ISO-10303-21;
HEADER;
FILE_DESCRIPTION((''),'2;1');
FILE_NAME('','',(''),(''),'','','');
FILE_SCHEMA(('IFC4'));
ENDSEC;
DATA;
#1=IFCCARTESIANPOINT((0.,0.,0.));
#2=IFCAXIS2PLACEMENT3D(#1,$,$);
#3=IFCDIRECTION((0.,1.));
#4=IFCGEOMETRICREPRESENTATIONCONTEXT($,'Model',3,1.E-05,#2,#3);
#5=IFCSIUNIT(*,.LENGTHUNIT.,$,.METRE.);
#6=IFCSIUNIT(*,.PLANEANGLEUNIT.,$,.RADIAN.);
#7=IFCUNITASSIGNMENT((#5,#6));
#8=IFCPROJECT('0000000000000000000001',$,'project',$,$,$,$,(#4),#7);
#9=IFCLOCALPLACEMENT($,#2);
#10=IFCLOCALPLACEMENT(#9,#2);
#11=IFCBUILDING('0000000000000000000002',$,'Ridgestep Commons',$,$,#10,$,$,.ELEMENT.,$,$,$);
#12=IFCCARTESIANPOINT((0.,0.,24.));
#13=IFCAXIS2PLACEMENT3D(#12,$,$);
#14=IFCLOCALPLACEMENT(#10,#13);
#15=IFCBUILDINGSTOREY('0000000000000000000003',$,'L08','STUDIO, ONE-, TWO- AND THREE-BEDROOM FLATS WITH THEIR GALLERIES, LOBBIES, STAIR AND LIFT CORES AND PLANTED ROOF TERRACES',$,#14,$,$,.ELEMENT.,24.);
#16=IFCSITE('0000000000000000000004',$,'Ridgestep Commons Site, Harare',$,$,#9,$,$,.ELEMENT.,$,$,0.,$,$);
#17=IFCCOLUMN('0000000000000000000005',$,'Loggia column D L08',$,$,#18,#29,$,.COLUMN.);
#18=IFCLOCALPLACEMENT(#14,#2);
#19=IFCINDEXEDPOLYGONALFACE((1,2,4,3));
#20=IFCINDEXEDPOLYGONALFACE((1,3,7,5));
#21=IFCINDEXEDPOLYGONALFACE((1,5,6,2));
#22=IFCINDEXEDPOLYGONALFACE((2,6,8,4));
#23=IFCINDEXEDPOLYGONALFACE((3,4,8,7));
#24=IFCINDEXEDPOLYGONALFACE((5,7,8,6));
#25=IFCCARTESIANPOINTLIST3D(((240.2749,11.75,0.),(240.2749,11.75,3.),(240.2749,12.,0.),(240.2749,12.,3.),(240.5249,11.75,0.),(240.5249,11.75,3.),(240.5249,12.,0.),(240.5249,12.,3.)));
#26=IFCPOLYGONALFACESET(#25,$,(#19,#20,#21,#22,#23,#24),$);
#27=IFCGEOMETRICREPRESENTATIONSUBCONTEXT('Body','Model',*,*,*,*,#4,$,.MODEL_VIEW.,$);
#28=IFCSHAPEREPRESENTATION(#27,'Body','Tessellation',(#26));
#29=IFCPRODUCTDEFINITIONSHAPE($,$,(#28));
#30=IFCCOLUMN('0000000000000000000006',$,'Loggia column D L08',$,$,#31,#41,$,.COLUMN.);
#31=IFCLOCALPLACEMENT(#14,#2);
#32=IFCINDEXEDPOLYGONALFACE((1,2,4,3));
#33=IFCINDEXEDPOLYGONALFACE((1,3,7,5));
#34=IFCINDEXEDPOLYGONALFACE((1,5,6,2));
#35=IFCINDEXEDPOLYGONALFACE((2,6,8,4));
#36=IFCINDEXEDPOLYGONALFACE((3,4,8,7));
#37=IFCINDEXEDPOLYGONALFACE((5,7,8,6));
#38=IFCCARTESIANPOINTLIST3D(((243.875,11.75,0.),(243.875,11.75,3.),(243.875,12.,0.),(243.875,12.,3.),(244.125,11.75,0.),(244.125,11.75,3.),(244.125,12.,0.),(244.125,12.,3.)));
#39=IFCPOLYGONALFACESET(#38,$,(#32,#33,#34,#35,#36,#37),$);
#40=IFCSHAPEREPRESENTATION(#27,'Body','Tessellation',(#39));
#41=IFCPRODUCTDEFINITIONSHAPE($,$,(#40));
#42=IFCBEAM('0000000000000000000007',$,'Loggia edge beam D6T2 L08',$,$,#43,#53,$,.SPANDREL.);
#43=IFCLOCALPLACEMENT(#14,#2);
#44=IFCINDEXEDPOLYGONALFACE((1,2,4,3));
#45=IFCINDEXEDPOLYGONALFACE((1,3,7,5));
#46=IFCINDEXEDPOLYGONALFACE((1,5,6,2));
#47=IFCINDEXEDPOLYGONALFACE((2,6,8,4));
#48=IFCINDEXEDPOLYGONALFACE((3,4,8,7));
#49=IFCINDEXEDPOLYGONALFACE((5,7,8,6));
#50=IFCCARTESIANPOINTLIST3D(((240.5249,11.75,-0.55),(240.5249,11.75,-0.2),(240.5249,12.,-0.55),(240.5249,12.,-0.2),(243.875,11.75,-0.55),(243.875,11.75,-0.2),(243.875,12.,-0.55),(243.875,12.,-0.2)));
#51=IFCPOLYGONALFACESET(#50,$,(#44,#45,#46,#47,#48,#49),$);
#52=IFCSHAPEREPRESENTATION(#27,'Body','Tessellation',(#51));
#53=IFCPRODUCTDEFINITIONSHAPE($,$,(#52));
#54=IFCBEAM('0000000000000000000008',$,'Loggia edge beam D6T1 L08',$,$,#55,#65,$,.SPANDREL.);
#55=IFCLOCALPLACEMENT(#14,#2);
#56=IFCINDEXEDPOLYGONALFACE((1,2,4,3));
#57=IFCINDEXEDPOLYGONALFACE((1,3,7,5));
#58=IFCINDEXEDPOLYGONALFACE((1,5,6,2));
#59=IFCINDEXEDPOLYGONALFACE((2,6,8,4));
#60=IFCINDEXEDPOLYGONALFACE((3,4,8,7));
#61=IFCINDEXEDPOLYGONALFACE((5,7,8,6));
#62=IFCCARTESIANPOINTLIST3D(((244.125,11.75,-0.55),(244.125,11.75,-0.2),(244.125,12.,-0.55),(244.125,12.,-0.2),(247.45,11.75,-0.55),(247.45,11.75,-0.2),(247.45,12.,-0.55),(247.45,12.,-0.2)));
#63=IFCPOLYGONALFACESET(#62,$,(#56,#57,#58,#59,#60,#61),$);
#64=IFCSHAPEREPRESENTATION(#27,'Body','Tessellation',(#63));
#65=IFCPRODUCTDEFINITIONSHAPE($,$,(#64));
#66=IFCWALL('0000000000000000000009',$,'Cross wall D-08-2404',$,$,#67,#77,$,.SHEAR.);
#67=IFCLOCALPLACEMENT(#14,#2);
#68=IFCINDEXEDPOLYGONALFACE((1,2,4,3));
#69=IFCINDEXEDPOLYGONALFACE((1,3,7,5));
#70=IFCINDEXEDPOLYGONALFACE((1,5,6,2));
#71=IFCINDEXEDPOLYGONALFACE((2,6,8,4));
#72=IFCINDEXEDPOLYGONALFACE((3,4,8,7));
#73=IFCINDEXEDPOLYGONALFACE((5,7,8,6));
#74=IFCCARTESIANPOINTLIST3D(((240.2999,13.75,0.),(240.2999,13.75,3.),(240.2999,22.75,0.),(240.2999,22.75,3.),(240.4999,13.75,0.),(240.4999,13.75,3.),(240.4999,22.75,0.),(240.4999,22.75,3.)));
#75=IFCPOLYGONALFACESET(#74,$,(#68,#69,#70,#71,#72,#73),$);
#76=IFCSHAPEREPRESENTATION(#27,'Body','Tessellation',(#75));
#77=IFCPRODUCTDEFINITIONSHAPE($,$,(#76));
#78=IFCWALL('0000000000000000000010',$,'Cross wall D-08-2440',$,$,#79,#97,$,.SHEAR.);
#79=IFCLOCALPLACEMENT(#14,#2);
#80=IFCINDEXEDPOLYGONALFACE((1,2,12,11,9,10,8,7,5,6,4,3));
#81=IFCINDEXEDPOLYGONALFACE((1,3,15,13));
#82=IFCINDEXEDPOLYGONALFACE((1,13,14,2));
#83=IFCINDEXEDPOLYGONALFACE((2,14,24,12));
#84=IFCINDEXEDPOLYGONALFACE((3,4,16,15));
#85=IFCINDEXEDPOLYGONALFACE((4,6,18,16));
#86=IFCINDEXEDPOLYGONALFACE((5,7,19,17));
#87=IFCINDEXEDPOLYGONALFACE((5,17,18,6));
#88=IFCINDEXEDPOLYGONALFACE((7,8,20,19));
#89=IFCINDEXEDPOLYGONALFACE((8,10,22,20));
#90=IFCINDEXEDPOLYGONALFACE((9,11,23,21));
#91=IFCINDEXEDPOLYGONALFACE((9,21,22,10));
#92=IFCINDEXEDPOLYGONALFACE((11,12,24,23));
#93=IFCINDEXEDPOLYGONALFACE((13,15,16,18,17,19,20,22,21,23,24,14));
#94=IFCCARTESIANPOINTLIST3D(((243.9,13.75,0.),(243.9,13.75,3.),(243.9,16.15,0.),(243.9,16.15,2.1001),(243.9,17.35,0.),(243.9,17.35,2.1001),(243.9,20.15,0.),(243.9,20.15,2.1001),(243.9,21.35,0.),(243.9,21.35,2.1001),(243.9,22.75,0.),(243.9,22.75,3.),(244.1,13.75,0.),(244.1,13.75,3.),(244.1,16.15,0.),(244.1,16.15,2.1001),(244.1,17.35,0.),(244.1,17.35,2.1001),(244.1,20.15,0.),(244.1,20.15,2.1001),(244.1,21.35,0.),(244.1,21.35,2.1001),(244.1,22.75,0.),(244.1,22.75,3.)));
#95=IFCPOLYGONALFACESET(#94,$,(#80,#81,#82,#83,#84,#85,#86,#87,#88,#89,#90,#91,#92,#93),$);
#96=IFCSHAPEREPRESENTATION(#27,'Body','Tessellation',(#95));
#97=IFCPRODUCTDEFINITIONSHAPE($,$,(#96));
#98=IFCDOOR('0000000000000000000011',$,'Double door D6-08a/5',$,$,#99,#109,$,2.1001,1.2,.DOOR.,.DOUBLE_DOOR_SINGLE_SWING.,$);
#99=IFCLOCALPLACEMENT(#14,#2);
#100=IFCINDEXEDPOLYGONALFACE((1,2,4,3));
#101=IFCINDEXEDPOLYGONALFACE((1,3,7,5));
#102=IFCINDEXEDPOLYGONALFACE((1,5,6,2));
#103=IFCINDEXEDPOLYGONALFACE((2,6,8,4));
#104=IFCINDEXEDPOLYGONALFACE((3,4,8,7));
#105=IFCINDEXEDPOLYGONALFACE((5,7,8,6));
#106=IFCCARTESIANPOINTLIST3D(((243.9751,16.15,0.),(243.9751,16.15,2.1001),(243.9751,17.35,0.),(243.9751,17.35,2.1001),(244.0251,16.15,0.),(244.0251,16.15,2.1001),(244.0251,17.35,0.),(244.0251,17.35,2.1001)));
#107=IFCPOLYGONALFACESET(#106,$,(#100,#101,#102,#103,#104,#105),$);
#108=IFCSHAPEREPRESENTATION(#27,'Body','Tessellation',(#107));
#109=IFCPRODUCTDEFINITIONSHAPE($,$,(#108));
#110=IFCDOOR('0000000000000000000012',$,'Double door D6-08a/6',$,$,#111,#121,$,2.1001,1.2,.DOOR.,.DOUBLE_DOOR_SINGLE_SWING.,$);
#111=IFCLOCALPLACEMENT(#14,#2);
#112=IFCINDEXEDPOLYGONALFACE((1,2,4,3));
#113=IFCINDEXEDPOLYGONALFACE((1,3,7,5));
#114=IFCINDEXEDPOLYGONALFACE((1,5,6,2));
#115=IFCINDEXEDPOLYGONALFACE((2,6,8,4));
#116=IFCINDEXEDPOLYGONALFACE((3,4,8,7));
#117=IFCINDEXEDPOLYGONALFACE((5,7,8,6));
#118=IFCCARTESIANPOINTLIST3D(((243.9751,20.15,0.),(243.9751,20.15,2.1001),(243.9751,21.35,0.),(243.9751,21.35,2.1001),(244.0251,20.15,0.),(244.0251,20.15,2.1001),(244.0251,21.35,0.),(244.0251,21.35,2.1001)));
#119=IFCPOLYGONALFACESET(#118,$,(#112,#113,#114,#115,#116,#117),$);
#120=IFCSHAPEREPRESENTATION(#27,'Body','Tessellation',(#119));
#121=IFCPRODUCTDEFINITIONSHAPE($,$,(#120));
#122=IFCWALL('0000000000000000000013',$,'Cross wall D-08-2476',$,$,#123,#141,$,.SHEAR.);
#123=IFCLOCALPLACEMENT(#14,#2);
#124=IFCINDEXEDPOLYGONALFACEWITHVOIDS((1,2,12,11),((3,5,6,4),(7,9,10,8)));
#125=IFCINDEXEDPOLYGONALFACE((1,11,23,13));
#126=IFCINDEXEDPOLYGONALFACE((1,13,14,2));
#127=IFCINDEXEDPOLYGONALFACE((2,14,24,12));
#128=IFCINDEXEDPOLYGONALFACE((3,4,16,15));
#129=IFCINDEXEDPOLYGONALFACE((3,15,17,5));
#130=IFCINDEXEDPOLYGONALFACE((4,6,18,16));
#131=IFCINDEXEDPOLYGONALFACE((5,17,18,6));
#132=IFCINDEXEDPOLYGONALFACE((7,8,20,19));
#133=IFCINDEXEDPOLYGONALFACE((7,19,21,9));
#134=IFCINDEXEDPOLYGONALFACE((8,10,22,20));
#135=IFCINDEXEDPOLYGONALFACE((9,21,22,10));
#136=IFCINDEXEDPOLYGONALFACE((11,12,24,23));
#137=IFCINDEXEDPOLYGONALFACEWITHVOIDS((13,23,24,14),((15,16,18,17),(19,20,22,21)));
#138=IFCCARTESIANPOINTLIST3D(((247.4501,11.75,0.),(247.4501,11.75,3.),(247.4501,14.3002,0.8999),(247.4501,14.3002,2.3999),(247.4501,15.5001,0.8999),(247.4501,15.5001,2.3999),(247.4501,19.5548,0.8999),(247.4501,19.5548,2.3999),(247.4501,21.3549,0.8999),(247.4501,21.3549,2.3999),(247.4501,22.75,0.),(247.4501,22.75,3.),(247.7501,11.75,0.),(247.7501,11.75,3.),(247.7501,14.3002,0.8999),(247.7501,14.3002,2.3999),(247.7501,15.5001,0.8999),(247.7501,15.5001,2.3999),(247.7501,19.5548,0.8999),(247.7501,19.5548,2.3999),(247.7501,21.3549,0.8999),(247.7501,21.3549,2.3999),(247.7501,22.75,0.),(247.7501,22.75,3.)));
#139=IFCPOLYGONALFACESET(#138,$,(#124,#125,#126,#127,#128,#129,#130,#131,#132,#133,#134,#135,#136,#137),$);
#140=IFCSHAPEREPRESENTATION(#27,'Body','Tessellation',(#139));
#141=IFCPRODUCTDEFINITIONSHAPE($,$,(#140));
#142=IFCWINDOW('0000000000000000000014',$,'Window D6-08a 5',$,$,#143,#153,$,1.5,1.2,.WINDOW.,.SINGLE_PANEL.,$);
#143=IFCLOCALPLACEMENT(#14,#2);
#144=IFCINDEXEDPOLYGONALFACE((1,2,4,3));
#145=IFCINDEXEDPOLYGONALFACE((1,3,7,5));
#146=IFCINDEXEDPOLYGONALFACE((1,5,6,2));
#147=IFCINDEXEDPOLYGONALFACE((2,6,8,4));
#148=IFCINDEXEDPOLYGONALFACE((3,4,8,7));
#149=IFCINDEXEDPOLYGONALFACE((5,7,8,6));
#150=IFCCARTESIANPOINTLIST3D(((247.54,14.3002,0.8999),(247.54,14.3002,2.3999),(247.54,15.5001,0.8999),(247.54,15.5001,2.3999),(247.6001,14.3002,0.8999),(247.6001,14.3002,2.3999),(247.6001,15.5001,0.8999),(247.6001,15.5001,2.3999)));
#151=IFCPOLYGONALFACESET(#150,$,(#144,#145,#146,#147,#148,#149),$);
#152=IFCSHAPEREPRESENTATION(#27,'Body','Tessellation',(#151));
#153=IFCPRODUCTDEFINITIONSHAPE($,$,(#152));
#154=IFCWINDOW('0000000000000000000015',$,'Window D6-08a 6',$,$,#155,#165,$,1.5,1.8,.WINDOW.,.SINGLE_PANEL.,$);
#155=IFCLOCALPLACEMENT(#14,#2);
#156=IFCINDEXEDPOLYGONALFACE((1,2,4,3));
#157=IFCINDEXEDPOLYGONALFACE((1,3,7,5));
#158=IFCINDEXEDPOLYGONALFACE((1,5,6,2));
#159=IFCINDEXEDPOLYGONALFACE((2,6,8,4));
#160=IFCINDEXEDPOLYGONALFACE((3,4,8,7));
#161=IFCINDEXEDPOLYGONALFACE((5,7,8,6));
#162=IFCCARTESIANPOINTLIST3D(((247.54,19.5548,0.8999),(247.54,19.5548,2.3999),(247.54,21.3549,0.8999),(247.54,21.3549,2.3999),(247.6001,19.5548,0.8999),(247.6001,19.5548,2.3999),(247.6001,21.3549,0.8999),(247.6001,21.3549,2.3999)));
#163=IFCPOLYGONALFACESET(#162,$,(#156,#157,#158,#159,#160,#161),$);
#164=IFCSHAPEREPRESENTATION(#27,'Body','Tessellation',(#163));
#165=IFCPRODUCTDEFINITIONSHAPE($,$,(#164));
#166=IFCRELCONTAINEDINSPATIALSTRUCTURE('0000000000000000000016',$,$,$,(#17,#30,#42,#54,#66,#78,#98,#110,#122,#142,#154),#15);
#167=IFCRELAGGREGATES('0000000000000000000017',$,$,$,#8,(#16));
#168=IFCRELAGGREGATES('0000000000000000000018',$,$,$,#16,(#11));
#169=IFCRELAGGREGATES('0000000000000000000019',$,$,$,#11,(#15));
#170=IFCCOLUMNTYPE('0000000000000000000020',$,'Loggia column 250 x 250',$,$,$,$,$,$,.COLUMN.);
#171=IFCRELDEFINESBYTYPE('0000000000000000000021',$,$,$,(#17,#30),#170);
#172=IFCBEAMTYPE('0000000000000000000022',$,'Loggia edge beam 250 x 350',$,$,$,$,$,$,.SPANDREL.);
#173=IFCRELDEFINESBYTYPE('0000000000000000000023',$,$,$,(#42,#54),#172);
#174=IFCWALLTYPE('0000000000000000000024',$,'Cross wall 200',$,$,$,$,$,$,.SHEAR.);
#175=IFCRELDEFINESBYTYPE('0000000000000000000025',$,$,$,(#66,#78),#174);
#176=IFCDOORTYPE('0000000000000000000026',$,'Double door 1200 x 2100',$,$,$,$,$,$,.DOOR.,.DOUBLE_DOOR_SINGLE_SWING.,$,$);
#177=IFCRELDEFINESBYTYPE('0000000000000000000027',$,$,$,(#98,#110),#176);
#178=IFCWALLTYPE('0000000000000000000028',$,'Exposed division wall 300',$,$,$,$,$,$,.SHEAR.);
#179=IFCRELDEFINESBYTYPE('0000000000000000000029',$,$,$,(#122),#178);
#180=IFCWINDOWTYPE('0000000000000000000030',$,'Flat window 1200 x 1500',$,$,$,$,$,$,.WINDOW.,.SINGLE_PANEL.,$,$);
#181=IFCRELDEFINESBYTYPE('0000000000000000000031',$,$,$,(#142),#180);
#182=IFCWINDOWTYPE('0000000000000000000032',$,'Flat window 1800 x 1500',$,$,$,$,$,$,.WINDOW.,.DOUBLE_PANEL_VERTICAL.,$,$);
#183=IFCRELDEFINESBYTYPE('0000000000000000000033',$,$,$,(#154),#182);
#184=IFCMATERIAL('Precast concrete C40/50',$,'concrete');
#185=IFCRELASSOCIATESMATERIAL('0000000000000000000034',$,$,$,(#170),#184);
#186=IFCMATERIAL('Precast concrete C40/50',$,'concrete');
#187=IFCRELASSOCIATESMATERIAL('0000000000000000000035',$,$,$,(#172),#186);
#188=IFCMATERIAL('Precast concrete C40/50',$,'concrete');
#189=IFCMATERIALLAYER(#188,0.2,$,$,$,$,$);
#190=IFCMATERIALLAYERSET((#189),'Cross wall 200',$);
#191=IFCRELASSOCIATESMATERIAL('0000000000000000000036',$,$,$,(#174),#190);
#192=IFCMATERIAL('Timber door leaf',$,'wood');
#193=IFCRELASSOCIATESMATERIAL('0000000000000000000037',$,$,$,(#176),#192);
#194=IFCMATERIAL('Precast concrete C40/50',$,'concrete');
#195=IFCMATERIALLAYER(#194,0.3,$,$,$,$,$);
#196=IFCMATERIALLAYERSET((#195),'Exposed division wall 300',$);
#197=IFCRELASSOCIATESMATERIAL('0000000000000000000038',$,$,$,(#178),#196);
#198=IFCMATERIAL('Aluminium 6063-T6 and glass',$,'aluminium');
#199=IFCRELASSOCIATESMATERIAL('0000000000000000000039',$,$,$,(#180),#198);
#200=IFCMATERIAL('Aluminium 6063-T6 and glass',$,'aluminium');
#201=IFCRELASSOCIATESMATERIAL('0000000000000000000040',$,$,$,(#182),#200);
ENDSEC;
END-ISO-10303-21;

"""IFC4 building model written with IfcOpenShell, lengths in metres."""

from ifc_helpers import new_model, si_unit, direction, frame, frame_2d, origin, origin_2d, place, context, subcontext, project, spatial, rectangle, extrude, material, layer, layer_set, material_profile, profile_set, type_object, element, fill, save


model = new_model("IFC4")

# Units and contexts
model_context = context("Model", 3, precision=1e-05, world=origin(), true_north=direction((0.0, 1.0)))
body_context = subcontext(model_context, "Body", "Model", "MODEL_VIEW")
ifc_project = project(units=[si_unit("LENGTHUNIT", "METRE"), si_unit("PLANEANGLEUNIT", "RADIAN")], contexts=[model_context])

# Site, building, storey
site_placement = place(None, origin())
site = spatial("IfcSite", under=ifc_project, at=site_placement, Name="Ridgestep Commons Site, Harare", CompositionType="ELEMENT", RefElevation=0.0)
building_placement = place(site_placement, origin())
building = spatial("IfcBuilding", under=site, at=building_placement, Name="Ridgestep Commons", CompositionType="ELEMENT")
storey_placement = place(building_placement, frame((0.0, 0.0, 24.0)))
storey = spatial("IfcBuildingStorey", under=building, at=storey_placement, Name="L08", Description="STUDIO, ONE-, TWO- AND THREE-BEDROOM FLATS WITH THEIR GALLERIES, LOBBIES, STAIR AND LIFT CORES AND PLANTED ROOF TERRACES", CompositionType="ELEMENT", Elevation=24.0)

# Columns
ifc_material_1 = material(Name="Precast concrete C40/50", Category="concrete")
ifc_material_profile_1 = material_profile(ifc_material_1, rectangle(XDim=0.25, YDim=0.25, at=origin_2d()), Name="PC 250x250")
ifc_profile_set_1 = profile_set([ifc_material_profile_1], Name="Precast concrete C40/50")
column_type = type_object("IfcColumnType", Name="Loggia column 250 x 250", PredefinedType="COLUMN", material=ifc_profile_set_1)
for number, where, z_axis, x_axis, name in (
    (1, (240.3999, 11.875, 0.0), (0.0, 0.0, 1.0), (1.0, 0.0, 0.0), "Loggia column D L08"),
    (2, (244.0, 11.875, 0.0), (0.0, 0.0, 1.0), (1.0, 0.0, 0.0), "Loggia column D L08"),
):
    element("IfcColumn", number, at=place(storey_placement, frame(where, z_axis=z_axis, x_axis=x_axis)), inside=storey, type_object=column_type, Name=name, PredefinedType="COLUMN", context=body_context, shape_type="SweptSolid", body=[
        extrude(rectangle(XDim=0.25, YDim=0.25, at=origin_2d()), origin(), (0.0, 0.0, 1.0), 3.0),
    ])

# Beams
ifc_material_2 = material(Name="Precast concrete C40/50", Category="concrete")
ifc_material_profile_2 = material_profile(ifc_material_2, rectangle(XDim=0.25, YDim=0.3501, at=origin_2d()), Name="PC 250x350")
ifc_profile_set_2 = profile_set([ifc_material_profile_2], Name="Precast concrete C40/50")
beam_type = type_object("IfcBeamType", Name="Loggia edge beam 250 x 350", PredefinedType="SPANDREL", material=ifc_profile_set_2)
beam_1_placement = place(storey_placement, frame((240.5249, 11.875, -0.375), z_axis=(1.0, 0.0, 0.0), x_axis=(0.0, 1.0, 0.0)))
element("IfcBeam", 3, at=beam_1_placement, inside=storey, type_object=beam_type, Name="Loggia edge beam D6T2 L08", PredefinedType="SPANDREL", context=body_context, shape_type="SweptSolid", body=[
    extrude(rectangle(XDim=0.25, YDim=0.3501, at=origin_2d()), origin(), (0.0, 0.0, 1.0), 3.3501),
])
beam_2_placement = place(storey_placement, frame((244.125, 11.875, -0.375), z_axis=(1.0, 0.0, 0.0), x_axis=(0.0, 1.0, 0.0)))
element("IfcBeam", 4, at=beam_2_placement, inside=storey, type_object=beam_type, Name="Loggia edge beam D6T1 L08", PredefinedType="SPANDREL", context=body_context, shape_type="SweptSolid", body=[
    extrude(rectangle(XDim=0.25, YDim=0.3501, at=origin_2d()), origin(), (0.0, 0.0, 1.0), 3.325),
])

# Wall
ifc_material_3 = material(Name="Precast concrete C40/50", Category="concrete")
ifc_layer_1 = layer(ifc_material_3, 0.2)
ifc_layer_set_1 = layer_set([ifc_layer_1], Name="Cross wall 200")
wall_type_1 = type_object("IfcWallType", Name="Cross wall 200", PredefinedType="SHEAR", material=ifc_layer_set_1)
wall_1_placement = place(storey_placement, frame((240.3999, 13.75, 0.0), z_axis=(0.0, 0.0, 1.0), x_axis=(0.0, 1.0, 0.0)))
element("IfcWall", 5, at=wall_1_placement, inside=storey, type_object=wall_type_1, Name="Cross wall D-08-2404", PredefinedType="SHEAR", context=body_context, shape_type="SweptSolid", body=[
    extrude(rectangle(XDim=9.0, YDim=0.2, at=frame_2d((4.5, 0.0))), origin(), (0.0, 0.0, 1.0), 3.0),
])

# Wall, openings, doors
wall_2_placement = place(storey_placement, frame((244.0, 13.75, 0.0), z_axis=(0.0, 0.0, 1.0), x_axis=(0.0, 1.0, 0.0)))
wall_2 = element("IfcWall", 6, at=wall_2_placement, inside=storey, type_object=wall_type_1, Name="Cross wall D-08-2440", PredefinedType="SHEAR", context=body_context, shape_type="SweptSolid", body=[
    extrude(rectangle(XDim=9.0, YDim=0.2, at=frame_2d((4.5, 0.0))), origin(), (0.0, 0.0, 1.0), 3.0),
])
opening_1_placement = place(wall_2_placement, frame((2.3999, 0.0, 0.0)))
opening_1 = element("IfcOpeningElement", 7, at=opening_1_placement, cuts=wall_2, PredefinedType="OPENING", context=body_context, shape_type="SweptSolid", body=[
    extrude(rectangle(XDim=1.2, YDim=2.1001, at=frame_2d((0.6001, 1.05))), frame((0.0, 0.1099, 0.0), z_axis=(0.0, -1.0, 0.0), x_axis=(1.0, 0.0, 0.0)), (0.0, 0.0, 1.0), 0.22),
])
opening_2_placement = place(wall_2_placement, frame((6.3999, 0.0, 0.0)))
opening_2 = element("IfcOpeningElement", 8, at=opening_2_placement, cuts=wall_2, PredefinedType="OPENING", context=body_context, shape_type="SweptSolid", body=[
    extrude(rectangle(XDim=1.2, YDim=2.1001, at=frame_2d((0.6001, 1.05))), frame((0.0, 0.1099, 0.0), z_axis=(0.0, -1.0, 0.0), x_axis=(1.0, 0.0, 0.0)), (0.0, 0.0, 1.0), 0.22),
])
ifc_material_4 = material(Name="Timber door leaf", Category="wood")
door_type_1 = type_object("IfcDoorType", Name="Double door 1200 x 2100", OperationType="DOUBLE_DOOR_SINGLE_SWING", PredefinedType="DOOR", material=ifc_material_4)
door_1_placement = place(opening_1_placement, origin())
door_1 = element("IfcDoor", 9, at=door_1_placement, inside=storey, type_object=door_type_1, Name="Double door D6-08a/5", OperationType="DOUBLE_DOOR_SINGLE_SWING", OverallHeight=2.1001, OverallWidth=1.2, PredefinedType="DOOR", context=body_context, shape_type="SweptSolid", body=[
    extrude(rectangle(XDim=1.2, YDim=2.1001, at=frame_2d((0.6001, 1.05))), frame((0.0, 0.0249, 0.0), z_axis=(0.0, -1.0, 0.0), x_axis=(1.0, 0.0, 0.0)), (0.0, 0.0, 1.0), 0.05),
])
fill(opening_1, door_1)
door_2_placement = place(opening_2_placement, origin())
door_2 = element("IfcDoor", 10, at=door_2_placement, inside=storey, type_object=door_type_1, Name="Double door D6-08a/6", OperationType="DOUBLE_DOOR_SINGLE_SWING", OverallHeight=2.1001, OverallWidth=1.2, PredefinedType="DOOR", context=body_context, shape_type="SweptSolid", body=[
    extrude(rectangle(XDim=1.2, YDim=2.1001, at=frame_2d((0.6001, 1.05))), frame((0.0, 0.0249, 0.0), z_axis=(0.0, -1.0, 0.0), x_axis=(1.0, 0.0, 0.0)), (0.0, 0.0, 1.0), 0.05),
])
fill(opening_2, door_2)

# Wall, openings, windows
ifc_material_5 = material(Name="Precast concrete C40/50", Category="concrete")
ifc_layer_2 = layer(ifc_material_5, 0.3)
ifc_layer_set_2 = layer_set([ifc_layer_2], Name="Exposed division wall 300")
wall_type_2 = type_object("IfcWallType", Name="Exposed division wall 300", PredefinedType="SHEAR", material=ifc_layer_set_2)
wall_3_placement = place(storey_placement, frame((247.6001, 11.75, 0.0), z_axis=(0.0, 0.0, 1.0), x_axis=(0.0, 1.0, 0.0)))
wall_3 = element("IfcWall", 11, at=wall_3_placement, inside=storey, type_object=wall_type_2, Name="Cross wall D-08-2476", PredefinedType="SHEAR", context=body_context, shape_type="SweptSolid", body=[
    extrude(rectangle(XDim=11.0, YDim=0.3, at=frame_2d((5.5, 0.0))), origin(), (0.0, 0.0, 1.0), 3.0),
])
opening_3_placement = place(wall_3_placement, frame((2.55, 0.0, 0.8999)))
opening_3 = element("IfcOpeningElement", 12, at=opening_3_placement, cuts=wall_3, PredefinedType="OPENING", context=body_context, shape_type="SweptSolid", body=[
    extrude(rectangle(XDim=1.2, YDim=1.5, at=frame_2d((0.6001, 0.75))), frame((0.0, 0.1599, 0.0), z_axis=(0.0, -1.0, 0.0), x_axis=(1.0, 0.0, 0.0)), (0.0, 0.0, 1.0), 0.3201),
])
opening_4_placement = place(wall_3_placement, frame((7.8049, 0.0, 0.8999)))
opening_4 = element("IfcOpeningElement", 13, at=opening_4_placement, cuts=wall_3, PredefinedType="OPENING", context=body_context, shape_type="SweptSolid", body=[
    extrude(rectangle(XDim=1.8, YDim=1.5, at=frame_2d((0.8999, 0.75))), frame((0.0, 0.1599, 0.0), z_axis=(0.0, -1.0, 0.0), x_axis=(1.0, 0.0, 0.0)), (0.0, 0.0, 1.0), 0.3201),
])
ifc_material_6 = material(Name="Aluminium 6063-T6 and glass", Category="aluminium")
window_type_1 = type_object("IfcWindowType", Name="Flat window 1200 x 1500", PartitioningType="SINGLE_PANEL", PredefinedType="WINDOW", material=ifc_material_6)
window_1_placement = place(opening_3_placement, origin())
window_1 = element("IfcWindow", 14, at=window_1_placement, inside=storey, type_object=window_type_1, Name="Window D6-08a 5", OverallHeight=1.5, OverallWidth=1.2, PartitioningType="SINGLE_PANEL", PredefinedType="WINDOW", context=body_context, shape_type="SweptSolid", body=[
    extrude(rectangle(XDim=1.2, YDim=1.5, at=frame_2d((0.6001, 0.75))), frame((0.0, 0.0601, 0.0), z_axis=(0.0, -1.0, 0.0), x_axis=(1.0, 0.0, 0.0)), (0.0, 0.0, 1.0), 0.0601),
])
fill(opening_3, window_1)
ifc_material_7 = material(Name="Aluminium 6063-T6 and glass", Category="aluminium")
window_type_2 = type_object("IfcWindowType", Name="Flat window 1800 x 1500", PartitioningType="DOUBLE_PANEL_VERTICAL", PredefinedType="WINDOW", material=ifc_material_7)
window_2_placement = place(opening_4_placement, origin())
window_2 = element("IfcWindow", 15, at=window_2_placement, inside=storey, type_object=window_type_2, Name="Window D6-08a 6", OverallHeight=1.5, OverallWidth=1.8, PartitioningType="SINGLE_PANEL", PredefinedType="WINDOW", context=body_context, shape_type="SweptSolid", body=[
    extrude(rectangle(XDim=1.8, YDim=1.5, at=frame_2d((0.8999, 0.75))), frame((0.0, 0.0601, 0.0), z_axis=(0.0, -1.0, 0.0), x_axis=(1.0, 0.0, 0.0)), (0.0, 0.0, 1.0), 0.0601),
])
fill(opening_4, window_2)

save(model, "model.ifc")
